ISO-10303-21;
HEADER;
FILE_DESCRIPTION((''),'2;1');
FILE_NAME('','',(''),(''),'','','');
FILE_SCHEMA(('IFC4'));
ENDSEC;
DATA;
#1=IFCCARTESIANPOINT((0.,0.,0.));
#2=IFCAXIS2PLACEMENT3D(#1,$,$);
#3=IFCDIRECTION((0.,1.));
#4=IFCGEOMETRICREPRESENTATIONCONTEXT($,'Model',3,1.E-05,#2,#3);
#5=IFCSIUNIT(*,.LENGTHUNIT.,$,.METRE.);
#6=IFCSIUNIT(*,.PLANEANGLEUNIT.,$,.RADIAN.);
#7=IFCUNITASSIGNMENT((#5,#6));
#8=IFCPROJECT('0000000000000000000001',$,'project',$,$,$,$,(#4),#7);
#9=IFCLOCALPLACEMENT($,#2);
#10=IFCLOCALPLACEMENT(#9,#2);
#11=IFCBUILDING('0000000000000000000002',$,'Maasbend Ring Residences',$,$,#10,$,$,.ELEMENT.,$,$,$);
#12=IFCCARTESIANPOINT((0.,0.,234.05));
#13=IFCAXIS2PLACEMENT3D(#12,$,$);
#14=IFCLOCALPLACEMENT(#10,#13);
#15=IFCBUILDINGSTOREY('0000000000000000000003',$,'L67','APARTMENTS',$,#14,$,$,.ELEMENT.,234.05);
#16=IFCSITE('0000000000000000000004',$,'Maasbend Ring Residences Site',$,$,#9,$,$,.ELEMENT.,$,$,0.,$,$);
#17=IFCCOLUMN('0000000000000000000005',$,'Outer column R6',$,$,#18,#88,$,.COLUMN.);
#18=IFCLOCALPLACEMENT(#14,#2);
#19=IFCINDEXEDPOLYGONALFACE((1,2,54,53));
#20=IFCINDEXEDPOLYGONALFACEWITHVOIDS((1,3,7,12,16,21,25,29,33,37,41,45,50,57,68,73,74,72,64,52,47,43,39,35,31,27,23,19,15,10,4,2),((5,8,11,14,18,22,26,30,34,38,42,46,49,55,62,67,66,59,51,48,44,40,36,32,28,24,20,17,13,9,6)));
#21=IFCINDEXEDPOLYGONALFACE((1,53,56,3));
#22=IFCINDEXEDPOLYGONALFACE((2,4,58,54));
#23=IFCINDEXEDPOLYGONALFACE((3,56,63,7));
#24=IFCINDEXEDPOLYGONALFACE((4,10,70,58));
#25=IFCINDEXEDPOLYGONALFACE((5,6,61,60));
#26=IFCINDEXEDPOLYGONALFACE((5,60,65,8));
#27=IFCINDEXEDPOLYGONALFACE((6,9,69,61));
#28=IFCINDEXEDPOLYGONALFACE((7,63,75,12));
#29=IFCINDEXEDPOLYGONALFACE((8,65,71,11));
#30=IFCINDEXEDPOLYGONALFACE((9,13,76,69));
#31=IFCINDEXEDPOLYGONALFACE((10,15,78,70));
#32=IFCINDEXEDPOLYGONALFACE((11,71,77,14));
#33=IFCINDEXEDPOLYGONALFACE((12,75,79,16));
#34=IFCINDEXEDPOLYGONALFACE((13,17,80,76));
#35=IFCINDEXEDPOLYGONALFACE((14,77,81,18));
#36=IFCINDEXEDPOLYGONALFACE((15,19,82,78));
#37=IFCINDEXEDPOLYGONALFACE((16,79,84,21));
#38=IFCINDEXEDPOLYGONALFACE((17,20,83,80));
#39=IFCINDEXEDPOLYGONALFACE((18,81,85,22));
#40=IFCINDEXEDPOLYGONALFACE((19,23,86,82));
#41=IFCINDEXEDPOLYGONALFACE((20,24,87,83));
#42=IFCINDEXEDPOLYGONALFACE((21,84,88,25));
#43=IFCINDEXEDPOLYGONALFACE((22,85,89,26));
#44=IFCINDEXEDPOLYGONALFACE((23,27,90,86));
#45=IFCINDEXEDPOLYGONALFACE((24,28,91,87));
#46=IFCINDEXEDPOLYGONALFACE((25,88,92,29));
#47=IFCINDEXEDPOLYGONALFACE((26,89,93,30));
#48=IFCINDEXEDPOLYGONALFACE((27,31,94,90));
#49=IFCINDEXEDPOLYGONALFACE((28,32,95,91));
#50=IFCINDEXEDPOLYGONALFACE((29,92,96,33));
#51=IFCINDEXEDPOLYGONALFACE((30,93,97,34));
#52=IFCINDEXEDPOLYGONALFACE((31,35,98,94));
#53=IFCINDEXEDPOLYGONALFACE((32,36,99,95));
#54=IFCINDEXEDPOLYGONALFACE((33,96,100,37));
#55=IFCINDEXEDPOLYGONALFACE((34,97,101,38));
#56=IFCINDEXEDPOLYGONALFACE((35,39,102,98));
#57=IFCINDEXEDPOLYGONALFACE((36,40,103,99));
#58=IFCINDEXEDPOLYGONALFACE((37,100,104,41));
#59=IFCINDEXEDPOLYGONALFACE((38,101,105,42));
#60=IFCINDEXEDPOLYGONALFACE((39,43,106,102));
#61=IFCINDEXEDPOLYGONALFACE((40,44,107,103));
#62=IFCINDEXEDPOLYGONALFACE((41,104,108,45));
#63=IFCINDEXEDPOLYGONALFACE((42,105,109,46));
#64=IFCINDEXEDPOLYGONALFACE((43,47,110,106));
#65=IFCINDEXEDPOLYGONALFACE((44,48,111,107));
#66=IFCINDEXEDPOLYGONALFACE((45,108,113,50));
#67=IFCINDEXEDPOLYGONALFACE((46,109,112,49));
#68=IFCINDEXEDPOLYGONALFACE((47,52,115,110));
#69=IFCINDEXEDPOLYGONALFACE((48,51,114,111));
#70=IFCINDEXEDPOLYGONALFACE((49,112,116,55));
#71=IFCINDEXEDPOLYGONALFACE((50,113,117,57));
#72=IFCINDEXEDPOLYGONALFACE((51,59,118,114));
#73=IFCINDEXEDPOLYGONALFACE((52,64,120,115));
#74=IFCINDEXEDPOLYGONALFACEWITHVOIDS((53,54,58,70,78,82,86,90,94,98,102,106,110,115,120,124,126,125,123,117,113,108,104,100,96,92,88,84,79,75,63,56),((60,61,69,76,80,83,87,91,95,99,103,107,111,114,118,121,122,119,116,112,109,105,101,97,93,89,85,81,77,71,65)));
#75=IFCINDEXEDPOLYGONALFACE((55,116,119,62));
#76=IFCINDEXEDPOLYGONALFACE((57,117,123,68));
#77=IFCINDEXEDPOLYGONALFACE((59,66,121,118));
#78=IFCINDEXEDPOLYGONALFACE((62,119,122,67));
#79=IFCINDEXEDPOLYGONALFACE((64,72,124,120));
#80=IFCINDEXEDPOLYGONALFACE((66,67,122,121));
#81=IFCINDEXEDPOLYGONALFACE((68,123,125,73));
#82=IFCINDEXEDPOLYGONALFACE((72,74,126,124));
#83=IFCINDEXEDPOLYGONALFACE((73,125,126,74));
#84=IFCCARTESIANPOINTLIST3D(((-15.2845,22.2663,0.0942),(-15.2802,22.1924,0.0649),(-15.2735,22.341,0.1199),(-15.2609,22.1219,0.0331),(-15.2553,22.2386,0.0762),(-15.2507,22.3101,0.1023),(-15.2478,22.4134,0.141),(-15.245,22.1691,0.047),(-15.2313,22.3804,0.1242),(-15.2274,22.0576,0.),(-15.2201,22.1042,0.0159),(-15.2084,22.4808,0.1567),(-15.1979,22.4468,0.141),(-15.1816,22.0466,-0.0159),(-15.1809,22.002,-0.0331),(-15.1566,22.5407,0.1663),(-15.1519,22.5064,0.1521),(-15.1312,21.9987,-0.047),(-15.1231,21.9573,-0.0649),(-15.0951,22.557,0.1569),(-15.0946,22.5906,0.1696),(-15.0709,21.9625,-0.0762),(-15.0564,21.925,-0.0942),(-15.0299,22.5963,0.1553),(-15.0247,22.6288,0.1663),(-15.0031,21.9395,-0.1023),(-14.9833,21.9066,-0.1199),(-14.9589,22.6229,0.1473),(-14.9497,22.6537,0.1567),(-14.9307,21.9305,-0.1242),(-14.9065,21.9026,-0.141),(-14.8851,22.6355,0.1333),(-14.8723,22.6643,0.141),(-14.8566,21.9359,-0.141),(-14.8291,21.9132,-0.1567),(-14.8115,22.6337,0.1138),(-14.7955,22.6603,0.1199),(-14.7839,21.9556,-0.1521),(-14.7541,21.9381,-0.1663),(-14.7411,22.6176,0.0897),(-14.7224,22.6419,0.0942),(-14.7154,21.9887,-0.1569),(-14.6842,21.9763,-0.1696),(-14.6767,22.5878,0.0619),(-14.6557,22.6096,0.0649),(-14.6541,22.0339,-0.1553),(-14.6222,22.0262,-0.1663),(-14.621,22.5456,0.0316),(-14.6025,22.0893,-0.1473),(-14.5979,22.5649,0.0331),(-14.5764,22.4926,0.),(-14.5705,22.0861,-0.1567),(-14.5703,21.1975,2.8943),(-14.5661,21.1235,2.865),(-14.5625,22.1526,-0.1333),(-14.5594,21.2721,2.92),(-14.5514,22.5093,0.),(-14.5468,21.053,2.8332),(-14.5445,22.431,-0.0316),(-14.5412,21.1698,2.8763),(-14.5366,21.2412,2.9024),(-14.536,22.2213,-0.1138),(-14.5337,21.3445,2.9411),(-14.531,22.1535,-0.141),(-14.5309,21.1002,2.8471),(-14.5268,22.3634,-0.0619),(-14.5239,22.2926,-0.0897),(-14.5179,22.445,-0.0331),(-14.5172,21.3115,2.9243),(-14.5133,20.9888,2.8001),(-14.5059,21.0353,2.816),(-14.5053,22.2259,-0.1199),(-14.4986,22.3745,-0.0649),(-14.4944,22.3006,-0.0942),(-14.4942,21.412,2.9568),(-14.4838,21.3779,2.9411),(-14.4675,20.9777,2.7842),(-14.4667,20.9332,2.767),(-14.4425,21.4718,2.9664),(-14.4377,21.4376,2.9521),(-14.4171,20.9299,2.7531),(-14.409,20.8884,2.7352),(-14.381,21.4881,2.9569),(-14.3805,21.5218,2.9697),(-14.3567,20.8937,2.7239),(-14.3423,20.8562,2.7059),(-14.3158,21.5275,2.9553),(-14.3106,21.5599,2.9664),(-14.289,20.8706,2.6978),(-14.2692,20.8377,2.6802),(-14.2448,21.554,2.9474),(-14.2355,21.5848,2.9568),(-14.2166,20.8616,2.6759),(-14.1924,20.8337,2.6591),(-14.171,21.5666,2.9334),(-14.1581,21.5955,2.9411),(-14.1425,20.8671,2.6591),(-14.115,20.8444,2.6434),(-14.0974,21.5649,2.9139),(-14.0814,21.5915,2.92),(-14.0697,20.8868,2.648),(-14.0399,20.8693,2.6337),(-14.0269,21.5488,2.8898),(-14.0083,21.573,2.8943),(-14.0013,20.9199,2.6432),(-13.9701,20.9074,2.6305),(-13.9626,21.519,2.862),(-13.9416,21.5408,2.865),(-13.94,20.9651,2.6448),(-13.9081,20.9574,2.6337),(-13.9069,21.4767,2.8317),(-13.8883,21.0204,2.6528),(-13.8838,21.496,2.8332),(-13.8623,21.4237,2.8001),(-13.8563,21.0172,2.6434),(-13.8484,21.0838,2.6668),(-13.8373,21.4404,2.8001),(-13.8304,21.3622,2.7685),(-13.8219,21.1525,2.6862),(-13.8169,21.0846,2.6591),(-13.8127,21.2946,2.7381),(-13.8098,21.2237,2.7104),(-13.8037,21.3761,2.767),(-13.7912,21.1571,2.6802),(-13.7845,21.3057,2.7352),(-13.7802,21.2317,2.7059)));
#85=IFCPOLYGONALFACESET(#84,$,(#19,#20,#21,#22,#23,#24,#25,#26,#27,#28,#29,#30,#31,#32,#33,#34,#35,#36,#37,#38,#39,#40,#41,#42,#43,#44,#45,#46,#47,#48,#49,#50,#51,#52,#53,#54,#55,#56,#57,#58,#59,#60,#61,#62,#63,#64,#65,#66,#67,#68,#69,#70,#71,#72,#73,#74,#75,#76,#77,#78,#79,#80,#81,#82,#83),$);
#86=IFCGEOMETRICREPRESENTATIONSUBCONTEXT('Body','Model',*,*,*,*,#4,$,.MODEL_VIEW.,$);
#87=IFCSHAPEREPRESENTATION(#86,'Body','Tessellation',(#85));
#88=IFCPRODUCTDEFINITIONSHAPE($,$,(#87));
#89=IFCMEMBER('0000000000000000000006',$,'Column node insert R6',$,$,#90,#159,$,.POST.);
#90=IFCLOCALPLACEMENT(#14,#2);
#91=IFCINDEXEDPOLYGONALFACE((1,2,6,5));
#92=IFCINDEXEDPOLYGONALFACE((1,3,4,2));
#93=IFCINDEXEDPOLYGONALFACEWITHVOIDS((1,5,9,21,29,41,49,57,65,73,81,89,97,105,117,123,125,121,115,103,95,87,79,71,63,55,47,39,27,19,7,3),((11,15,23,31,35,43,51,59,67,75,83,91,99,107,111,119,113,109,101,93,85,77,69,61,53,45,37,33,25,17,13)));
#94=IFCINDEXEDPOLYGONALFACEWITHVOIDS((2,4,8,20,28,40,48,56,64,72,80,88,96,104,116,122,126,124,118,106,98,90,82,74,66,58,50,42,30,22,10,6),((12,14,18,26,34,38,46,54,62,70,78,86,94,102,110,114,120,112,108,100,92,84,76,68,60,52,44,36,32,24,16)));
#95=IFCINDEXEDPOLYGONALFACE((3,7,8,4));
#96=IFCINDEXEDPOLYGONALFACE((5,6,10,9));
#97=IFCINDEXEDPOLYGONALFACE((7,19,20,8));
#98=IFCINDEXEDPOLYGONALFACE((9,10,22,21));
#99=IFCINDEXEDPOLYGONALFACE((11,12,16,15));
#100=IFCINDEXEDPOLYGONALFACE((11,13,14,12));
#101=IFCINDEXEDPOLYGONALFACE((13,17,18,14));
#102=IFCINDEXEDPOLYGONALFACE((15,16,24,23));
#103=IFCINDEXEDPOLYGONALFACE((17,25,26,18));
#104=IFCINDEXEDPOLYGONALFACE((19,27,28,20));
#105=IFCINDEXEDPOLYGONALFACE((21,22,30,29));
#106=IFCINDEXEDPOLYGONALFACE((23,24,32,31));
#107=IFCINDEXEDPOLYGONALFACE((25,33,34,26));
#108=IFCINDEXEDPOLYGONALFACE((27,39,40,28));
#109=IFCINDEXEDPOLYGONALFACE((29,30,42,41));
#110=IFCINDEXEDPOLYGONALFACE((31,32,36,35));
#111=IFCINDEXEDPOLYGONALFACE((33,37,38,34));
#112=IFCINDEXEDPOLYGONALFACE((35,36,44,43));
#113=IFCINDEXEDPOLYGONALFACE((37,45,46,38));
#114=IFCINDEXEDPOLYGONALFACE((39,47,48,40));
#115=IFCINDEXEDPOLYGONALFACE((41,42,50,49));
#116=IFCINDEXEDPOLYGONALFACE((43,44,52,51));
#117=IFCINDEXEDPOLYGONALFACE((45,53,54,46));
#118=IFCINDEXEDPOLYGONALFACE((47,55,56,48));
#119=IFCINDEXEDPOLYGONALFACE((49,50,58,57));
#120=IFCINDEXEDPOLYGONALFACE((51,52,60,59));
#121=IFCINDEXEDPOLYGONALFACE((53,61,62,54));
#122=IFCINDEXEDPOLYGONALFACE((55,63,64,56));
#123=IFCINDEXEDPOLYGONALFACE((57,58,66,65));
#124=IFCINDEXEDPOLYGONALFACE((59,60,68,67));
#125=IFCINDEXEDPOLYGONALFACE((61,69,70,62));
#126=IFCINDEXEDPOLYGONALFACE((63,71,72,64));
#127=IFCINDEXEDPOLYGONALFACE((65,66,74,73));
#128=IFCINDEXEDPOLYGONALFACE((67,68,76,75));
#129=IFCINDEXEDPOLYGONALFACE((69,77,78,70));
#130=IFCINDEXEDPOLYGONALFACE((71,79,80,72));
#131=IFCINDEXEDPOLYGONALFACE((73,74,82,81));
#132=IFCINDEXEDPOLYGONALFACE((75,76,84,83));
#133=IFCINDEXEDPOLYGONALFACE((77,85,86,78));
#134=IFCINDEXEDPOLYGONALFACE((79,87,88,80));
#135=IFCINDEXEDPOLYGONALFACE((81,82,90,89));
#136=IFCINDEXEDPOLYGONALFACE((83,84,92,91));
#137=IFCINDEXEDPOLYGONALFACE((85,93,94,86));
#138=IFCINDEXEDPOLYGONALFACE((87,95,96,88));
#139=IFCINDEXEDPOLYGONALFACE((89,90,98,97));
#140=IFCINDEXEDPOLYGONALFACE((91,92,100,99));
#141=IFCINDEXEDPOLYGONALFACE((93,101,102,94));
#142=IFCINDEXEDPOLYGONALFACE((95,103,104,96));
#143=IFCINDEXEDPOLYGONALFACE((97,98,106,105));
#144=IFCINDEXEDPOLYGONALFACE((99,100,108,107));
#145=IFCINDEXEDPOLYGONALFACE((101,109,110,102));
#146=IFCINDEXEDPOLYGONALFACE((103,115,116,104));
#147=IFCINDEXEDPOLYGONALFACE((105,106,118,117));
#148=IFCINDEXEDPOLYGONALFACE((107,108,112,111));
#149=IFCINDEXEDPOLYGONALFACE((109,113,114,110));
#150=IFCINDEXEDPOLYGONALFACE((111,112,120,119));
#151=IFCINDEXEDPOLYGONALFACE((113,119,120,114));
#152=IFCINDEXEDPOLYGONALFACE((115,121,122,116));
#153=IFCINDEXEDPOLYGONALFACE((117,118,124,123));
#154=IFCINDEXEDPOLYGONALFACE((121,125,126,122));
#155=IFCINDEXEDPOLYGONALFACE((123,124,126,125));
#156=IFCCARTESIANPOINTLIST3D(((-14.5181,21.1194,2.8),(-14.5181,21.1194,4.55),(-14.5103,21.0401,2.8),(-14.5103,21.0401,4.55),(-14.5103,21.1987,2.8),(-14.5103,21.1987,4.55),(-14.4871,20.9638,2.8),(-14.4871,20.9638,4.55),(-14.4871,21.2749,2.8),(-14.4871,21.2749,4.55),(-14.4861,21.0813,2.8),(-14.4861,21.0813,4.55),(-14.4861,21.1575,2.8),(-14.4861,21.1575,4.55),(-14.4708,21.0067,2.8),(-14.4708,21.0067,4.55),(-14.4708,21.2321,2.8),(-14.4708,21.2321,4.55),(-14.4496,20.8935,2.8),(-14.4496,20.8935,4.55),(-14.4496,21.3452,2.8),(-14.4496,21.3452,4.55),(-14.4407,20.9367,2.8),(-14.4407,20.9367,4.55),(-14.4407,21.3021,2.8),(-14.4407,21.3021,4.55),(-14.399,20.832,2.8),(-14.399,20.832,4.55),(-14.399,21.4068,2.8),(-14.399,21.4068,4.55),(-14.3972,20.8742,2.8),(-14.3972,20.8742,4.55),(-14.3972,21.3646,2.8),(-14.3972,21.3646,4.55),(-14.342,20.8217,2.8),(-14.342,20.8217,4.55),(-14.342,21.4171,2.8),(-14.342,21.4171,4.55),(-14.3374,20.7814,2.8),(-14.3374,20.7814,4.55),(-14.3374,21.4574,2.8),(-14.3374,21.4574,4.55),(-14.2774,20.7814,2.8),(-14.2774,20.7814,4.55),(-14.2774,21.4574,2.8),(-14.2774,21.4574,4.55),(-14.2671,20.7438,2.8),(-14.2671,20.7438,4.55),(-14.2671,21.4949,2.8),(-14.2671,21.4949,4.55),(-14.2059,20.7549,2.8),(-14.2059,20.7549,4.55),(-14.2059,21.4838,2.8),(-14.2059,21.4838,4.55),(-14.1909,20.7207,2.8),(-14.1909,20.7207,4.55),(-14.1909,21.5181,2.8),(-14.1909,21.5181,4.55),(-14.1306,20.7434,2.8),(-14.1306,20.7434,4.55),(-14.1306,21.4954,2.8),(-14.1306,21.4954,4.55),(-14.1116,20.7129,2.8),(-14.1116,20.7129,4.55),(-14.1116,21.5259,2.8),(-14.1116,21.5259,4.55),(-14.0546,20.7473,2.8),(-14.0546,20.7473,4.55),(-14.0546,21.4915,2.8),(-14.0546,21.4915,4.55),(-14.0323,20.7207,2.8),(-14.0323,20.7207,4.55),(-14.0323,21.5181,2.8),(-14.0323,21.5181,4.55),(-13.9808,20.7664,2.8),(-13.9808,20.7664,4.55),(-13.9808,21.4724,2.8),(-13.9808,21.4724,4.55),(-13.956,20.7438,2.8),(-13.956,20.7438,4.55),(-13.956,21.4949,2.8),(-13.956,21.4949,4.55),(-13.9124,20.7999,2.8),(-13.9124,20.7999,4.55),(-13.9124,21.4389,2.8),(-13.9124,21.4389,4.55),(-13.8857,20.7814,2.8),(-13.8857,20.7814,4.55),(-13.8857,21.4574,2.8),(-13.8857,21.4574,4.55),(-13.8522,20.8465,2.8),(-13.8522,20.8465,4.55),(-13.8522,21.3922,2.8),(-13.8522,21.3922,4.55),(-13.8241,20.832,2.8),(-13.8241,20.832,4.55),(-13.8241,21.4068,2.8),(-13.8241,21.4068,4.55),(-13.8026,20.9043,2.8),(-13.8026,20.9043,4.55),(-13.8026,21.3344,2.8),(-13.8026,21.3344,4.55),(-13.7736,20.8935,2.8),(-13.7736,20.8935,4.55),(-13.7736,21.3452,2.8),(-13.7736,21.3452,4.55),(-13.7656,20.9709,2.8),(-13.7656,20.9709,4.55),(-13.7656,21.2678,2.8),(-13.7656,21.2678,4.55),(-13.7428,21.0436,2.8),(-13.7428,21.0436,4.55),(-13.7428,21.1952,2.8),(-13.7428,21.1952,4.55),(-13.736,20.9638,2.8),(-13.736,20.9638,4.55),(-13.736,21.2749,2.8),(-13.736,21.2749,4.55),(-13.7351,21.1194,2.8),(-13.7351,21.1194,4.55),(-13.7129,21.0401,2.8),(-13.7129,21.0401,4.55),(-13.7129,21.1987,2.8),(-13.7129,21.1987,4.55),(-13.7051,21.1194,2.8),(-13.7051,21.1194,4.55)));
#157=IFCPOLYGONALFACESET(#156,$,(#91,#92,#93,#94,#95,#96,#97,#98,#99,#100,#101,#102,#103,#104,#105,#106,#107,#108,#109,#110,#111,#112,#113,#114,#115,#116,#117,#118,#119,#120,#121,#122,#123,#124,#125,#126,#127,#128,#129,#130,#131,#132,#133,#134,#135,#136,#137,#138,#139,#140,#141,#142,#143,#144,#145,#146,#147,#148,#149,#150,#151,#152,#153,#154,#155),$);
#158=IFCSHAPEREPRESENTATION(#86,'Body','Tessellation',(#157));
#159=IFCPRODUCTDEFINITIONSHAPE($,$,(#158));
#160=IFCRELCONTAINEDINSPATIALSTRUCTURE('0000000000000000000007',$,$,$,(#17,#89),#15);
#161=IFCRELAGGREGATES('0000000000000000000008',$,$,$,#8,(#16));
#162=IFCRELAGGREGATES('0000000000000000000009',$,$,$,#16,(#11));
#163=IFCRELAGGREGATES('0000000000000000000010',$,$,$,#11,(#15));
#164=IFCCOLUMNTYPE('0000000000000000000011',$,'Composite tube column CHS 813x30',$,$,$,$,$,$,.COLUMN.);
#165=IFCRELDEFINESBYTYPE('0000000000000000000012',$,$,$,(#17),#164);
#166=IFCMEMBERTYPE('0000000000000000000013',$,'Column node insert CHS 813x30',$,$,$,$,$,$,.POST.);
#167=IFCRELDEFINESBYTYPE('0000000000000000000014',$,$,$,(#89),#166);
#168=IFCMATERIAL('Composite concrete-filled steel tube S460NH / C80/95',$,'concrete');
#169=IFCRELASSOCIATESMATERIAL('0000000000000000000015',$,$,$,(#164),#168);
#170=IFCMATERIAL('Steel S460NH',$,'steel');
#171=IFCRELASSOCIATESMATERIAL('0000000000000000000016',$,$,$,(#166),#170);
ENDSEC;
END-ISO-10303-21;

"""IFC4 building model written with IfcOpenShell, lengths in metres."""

from ifc_helpers import new_model, si_unit, direction, frame, origin, origin_2d, place, context, subcontext, project, spatial, hollow_circle, extrude, material, material_profile, profile_set, type_object, element, save


model = new_model("IFC4")

# Units and contexts
model_context = context("Model", 3, precision=1e-05, world=origin(), true_north=direction((0.0, 1.0)))
body_context = subcontext(model_context, "Body", "Model", "MODEL_VIEW")
ifc_project = project(units=[si_unit("LENGTHUNIT", "METRE"), si_unit("PLANEANGLEUNIT", "RADIAN")], contexts=[model_context])

# Site, building, storey
site_placement = place(None, origin())
site = spatial("IfcSite", under=ifc_project, at=site_placement, Name="Maasbend Ring Residences Site", CompositionType="ELEMENT", RefElevation=0.0)
building_placement = place(site_placement, origin())
building = spatial("IfcBuilding", under=site, at=building_placement, Name="Maasbend Ring Residences", CompositionType="ELEMENT")
storey_placement = place(building_placement, frame((0.0, 0.0, 234.05)))
storey = spatial("IfcBuildingStorey", under=building, at=storey_placement, Name="L67", Description="APARTMENTS", CompositionType="ELEMENT", Elevation=234.05)

# Column
ifc_material_1 = material(Name="Composite concrete-filled steel tube S460NH / C80/95", Category="concrete")
ifc_material_profile_1 = material_profile(ifc_material_1, hollow_circle(Radius=0.4065, WallThickness=0.03, at=origin_2d()), Name="Composite tube column CHS 813x30")
ifc_profile_set_1 = profile_set([ifc_material_profile_1], Name="Composite concrete-filled steel tube S460NH / C80/95")
column_type = type_object("IfcColumnType", Name="Composite tube column CHS 813x30", PredefinedType="COLUMN", material=ifc_profile_set_1)
column_placement = place(storey_placement, frame((-14.8894, 22.2834, 0.0), z_axis=(0.231778, -0.346914, 0.908807), x_axis=(0.831495, 0.555533, 0.0)))
element("IfcColumn", 1, at=column_placement, inside=storey, type_object=column_type, Name="Outer column R6", PredefinedType="COLUMN", context=body_context, shape_type="SweptSolid", body=[
    extrude(hollow_circle(Radius=0.4065, WallThickness=0.03, at=origin_2d()), origin(), (0.0, 0.0, 1.0), 3.0811),
])

# Member
ifc_material_2 = material(Name="Steel S460NH", Category="steel")
ifc_material_profile_2 = material_profile(ifc_material_2, hollow_circle(Radius=0.4065, WallThickness=0.03, at=origin_2d()), Name="Column node insert CHS 813x30")
ifc_profile_set_2 = profile_set([ifc_material_profile_2], Name="Steel S460NH")
member_type = type_object("IfcMemberType", Name="Column node insert CHS 813x30", PredefinedType="POST", material=ifc_profile_set_2)
member_placement = place(storey_placement, frame((-14.1116, 21.1194, 2.8), z_axis=(0.0, 0.0, 1.0), x_axis=(1.0, 0.0, 0.0)))
element("IfcMember", 2, at=member_placement, inside=storey, type_object=member_type, Name="Column node insert R6", PredefinedType="POST", context=body_context, shape_type="SweptSolid", body=[
    extrude(hollow_circle(Radius=0.4065, WallThickness=0.03, at=origin_2d()), origin(), (0.0, 0.0, 1.0), 1.75),
])

save(model, "model.ifc")
